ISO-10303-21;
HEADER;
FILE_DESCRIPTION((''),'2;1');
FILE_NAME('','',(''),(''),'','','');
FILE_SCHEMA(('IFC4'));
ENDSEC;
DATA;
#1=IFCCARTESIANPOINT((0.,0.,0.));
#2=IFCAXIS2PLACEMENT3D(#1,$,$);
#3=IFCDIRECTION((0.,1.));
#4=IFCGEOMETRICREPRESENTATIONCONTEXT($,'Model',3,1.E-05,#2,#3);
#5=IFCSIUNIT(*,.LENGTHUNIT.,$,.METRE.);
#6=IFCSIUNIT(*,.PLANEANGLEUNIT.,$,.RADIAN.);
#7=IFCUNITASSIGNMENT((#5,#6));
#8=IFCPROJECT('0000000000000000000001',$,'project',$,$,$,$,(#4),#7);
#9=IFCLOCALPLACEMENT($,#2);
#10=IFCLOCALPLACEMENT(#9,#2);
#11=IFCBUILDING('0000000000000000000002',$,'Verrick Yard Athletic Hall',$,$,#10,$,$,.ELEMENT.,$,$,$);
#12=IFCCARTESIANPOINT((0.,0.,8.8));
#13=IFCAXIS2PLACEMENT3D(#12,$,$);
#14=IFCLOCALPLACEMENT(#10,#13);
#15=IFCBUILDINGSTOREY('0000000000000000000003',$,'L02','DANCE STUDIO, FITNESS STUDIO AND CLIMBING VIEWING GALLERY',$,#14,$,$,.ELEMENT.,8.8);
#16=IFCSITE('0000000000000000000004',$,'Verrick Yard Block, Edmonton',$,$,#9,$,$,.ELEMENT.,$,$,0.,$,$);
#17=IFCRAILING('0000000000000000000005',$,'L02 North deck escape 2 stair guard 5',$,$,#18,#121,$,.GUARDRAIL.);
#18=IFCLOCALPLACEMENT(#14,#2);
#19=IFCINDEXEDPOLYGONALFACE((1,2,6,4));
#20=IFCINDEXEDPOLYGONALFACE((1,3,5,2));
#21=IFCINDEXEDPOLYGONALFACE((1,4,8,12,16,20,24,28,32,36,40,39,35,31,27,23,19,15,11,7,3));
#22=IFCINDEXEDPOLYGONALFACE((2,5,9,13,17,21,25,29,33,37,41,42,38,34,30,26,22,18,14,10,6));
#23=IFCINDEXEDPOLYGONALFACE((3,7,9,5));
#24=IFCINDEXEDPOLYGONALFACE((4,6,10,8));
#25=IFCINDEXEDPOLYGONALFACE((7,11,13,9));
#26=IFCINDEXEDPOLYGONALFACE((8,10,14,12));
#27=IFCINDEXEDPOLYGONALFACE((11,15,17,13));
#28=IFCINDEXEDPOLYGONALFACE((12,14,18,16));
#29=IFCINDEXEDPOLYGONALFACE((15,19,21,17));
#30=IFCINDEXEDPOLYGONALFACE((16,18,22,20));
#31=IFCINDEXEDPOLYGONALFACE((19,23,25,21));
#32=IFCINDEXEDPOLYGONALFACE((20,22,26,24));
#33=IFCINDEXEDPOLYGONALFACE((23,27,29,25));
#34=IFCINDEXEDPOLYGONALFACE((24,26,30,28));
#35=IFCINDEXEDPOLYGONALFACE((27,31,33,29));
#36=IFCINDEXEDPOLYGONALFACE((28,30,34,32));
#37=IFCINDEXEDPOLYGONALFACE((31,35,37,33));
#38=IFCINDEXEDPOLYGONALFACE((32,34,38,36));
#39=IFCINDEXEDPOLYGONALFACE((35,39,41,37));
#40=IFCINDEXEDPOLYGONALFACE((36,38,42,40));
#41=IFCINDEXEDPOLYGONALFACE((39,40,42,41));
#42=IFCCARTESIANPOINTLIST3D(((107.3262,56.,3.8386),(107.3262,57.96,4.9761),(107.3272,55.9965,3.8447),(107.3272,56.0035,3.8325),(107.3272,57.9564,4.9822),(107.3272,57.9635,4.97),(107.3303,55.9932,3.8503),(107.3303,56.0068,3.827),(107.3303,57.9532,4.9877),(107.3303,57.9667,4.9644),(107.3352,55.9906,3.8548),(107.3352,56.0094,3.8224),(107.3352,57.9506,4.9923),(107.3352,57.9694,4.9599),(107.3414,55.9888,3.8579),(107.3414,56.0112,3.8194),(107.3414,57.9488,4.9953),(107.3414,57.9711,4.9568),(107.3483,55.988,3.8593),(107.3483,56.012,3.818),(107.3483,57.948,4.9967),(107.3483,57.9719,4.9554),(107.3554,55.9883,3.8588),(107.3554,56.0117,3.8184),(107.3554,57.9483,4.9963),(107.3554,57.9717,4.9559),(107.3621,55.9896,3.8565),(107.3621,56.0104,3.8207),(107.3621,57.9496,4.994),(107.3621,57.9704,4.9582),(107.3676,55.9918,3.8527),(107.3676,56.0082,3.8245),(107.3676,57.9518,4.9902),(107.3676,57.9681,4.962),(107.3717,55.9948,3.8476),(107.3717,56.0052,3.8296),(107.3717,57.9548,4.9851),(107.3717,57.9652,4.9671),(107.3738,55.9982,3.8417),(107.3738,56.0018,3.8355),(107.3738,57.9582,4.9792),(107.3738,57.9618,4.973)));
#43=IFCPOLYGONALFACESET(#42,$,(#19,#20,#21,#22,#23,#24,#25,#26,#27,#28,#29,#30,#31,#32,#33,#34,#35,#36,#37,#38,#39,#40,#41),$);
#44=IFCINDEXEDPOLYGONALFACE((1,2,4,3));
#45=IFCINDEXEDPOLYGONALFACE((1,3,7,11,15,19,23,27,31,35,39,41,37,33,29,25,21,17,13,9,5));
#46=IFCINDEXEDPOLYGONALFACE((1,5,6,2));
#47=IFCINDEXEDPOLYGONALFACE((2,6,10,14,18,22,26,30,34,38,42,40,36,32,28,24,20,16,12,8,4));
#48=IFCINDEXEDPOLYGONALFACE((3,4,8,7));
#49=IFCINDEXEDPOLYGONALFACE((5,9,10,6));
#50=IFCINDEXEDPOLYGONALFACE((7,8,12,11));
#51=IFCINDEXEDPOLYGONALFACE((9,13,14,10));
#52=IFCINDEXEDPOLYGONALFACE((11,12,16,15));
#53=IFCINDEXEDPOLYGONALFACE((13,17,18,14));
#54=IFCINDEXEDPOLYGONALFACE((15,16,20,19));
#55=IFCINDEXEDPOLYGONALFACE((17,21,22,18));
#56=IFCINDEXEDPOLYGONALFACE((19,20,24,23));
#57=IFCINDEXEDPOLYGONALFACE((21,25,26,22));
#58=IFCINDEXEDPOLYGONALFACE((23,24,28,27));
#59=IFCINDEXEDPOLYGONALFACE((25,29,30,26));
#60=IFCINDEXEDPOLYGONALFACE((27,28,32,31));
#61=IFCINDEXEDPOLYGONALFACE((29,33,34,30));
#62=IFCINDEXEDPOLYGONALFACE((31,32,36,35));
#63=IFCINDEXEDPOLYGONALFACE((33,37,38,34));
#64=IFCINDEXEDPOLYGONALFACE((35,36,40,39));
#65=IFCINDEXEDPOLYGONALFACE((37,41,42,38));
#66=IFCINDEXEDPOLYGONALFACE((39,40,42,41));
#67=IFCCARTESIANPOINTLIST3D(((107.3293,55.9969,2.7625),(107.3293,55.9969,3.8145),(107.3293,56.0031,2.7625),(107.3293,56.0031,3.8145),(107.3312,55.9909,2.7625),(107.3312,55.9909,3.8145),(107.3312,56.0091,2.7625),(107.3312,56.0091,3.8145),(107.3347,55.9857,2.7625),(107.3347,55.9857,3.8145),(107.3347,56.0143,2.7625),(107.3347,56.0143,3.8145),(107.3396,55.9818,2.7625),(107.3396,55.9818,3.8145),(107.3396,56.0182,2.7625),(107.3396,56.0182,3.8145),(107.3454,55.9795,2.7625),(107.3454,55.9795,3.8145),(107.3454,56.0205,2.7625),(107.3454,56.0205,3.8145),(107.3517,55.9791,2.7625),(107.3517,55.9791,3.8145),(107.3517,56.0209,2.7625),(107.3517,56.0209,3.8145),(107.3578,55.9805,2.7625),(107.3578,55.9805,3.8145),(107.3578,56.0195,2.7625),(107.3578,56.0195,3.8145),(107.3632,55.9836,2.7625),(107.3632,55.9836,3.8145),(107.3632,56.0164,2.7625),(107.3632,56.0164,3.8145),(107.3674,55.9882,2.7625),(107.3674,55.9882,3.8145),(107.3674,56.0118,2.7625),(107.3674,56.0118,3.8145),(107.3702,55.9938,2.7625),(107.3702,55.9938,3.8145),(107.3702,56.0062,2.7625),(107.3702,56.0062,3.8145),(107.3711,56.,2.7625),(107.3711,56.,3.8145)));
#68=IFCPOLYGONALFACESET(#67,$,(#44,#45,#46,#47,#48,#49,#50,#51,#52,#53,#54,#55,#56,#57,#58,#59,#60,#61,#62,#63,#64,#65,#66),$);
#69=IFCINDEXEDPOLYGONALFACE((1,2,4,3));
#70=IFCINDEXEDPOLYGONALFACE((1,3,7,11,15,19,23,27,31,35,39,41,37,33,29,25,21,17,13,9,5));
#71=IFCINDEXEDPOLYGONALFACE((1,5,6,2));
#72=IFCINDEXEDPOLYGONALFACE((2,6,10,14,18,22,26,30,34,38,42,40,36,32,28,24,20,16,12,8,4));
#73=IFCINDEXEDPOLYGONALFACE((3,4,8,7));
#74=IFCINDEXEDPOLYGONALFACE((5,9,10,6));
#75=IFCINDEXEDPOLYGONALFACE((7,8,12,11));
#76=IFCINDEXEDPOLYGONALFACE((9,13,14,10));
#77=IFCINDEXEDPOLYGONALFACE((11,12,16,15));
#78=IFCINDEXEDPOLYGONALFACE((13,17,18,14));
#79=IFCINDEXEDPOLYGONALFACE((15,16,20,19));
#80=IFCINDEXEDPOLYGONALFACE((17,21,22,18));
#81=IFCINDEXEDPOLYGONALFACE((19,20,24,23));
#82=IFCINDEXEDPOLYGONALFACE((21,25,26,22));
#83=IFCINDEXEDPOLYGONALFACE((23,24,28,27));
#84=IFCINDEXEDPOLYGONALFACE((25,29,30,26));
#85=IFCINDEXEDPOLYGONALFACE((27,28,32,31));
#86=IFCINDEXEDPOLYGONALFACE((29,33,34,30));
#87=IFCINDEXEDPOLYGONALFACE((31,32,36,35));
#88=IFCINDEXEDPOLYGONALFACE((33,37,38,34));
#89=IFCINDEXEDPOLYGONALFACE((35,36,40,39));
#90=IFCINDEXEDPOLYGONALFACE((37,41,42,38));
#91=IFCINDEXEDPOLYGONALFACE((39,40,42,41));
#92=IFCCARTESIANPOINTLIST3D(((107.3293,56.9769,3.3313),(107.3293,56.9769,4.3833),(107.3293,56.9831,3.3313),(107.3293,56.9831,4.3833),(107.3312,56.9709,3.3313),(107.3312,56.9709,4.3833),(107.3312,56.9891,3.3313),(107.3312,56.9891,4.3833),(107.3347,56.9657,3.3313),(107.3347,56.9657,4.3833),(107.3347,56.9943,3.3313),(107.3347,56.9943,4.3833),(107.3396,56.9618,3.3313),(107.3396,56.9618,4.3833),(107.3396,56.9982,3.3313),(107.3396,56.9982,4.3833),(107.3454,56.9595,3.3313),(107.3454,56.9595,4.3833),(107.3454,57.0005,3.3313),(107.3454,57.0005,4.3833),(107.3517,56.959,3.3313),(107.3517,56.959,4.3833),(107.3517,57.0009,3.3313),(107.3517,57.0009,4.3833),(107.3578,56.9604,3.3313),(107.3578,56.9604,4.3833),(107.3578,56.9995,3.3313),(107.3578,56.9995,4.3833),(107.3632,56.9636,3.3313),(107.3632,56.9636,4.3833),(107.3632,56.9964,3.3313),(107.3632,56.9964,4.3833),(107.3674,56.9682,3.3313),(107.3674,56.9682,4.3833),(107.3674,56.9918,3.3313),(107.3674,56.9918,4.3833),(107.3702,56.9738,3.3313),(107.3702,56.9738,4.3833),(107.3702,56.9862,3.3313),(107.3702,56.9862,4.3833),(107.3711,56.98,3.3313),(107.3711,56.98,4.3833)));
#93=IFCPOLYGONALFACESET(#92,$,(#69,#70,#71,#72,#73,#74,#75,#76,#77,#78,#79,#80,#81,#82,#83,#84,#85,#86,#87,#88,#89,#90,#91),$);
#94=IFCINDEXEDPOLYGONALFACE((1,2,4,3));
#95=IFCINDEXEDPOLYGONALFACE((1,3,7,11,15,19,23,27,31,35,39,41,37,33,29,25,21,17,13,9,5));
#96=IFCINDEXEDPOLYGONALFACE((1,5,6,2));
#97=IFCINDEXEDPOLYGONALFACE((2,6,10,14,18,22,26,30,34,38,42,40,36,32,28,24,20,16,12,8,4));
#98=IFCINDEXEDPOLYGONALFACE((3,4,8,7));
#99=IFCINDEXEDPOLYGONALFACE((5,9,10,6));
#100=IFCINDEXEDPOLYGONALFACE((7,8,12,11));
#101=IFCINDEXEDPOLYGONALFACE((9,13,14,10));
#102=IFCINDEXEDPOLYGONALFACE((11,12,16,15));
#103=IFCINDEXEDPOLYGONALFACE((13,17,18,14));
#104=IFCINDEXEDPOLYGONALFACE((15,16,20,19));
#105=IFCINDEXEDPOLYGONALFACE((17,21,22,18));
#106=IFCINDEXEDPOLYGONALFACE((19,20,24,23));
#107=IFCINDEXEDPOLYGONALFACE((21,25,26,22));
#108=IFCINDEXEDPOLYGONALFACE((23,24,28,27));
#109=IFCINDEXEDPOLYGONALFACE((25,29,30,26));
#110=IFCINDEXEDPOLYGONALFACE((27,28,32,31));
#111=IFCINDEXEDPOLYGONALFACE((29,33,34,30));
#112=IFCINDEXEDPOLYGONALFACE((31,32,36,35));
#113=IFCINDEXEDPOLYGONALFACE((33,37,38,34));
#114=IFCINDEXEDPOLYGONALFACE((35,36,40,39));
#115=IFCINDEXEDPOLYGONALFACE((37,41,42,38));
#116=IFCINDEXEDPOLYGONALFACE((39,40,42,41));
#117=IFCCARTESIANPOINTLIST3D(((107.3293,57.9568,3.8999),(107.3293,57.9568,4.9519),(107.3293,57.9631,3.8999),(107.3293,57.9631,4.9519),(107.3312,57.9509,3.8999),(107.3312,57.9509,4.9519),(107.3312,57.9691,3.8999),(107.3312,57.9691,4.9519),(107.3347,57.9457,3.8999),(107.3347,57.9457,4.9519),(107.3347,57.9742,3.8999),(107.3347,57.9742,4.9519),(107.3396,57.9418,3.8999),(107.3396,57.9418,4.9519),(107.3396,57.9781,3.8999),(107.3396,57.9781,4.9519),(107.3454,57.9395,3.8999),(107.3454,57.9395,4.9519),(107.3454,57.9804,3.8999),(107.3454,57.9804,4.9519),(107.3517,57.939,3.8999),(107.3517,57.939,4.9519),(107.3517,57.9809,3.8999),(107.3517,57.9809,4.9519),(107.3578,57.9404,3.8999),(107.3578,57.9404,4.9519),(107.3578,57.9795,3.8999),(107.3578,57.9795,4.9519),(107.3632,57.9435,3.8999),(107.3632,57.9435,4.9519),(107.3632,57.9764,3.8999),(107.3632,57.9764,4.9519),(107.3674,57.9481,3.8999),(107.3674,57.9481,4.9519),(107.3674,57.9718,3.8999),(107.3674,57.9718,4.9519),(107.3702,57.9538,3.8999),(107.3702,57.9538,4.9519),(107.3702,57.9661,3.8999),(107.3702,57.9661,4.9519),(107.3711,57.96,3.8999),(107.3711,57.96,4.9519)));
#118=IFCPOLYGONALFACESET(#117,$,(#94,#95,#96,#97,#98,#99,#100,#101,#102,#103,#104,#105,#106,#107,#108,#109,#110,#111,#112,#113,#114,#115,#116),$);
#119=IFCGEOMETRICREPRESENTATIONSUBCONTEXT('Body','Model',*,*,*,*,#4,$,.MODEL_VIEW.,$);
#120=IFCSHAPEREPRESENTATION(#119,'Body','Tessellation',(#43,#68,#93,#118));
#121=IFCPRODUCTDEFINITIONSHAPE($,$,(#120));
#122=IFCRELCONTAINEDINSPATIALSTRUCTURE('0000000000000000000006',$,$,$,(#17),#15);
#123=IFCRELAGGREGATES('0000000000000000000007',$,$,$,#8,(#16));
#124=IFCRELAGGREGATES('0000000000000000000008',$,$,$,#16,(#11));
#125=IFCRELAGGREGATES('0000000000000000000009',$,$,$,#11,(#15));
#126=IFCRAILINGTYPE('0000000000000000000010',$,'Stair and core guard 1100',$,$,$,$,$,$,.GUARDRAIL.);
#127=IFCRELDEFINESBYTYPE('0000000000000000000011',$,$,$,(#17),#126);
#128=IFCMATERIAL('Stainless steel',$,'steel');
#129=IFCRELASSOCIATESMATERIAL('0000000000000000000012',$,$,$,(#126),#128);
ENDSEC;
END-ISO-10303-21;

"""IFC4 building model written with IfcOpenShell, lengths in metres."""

from ifc_helpers import new_model, si_unit, direction, frame, origin, origin_2d, place, context, subcontext, project, spatial, circle, extrude, material, type_object, element, save


model = new_model("IFC4")

# Units and contexts
model_context = context("Model", 3, precision=1e-05, world=origin(), true_north=direction((0.0, 1.0)))
body_context = subcontext(model_context, "Body", "Model", "MODEL_VIEW")
ifc_project = project(units=[si_unit("LENGTHUNIT", "METRE"), si_unit("PLANEANGLEUNIT", "RADIAN")], contexts=[model_context])

# Site, building, storey
site_placement = place(None, origin())
site = spatial("IfcSite", under=ifc_project, at=site_placement, Name="Verrick Yard Block, Edmonton", CompositionType="ELEMENT", RefElevation=0.0)
building_placement = place(site_placement, origin())
building = spatial("IfcBuilding", under=site, at=building_placement, Name="Verrick Yard Athletic Hall", CompositionType="ELEMENT")
storey_placement = place(building_placement, frame((0.0, 0.0, 8.8)))
storey = spatial("IfcBuildingStorey", under=building, at=storey_placement, Name="L02", Description="DANCE STUDIO, FITNESS STUDIO AND CLIMBING VIEWING GALLERY", CompositionType="ELEMENT", Elevation=8.8)

# Railing
ifc_material_1 = material(Name="Stainless steel", Category="steel")
railing_type_1 = type_object("IfcRailingType", Name="Stair and core guard 1100", PredefinedType="GUARDRAIL", material=ifc_material_1)
railing_1_placement = place(storey_placement, frame((107.3501, 56.0, 2.7625)))
element("IfcRailing", 1, at=railing_1_placement, inside=storey, type_object=railing_type_1, Name="L02 North deck escape 2 stair guard 5", PredefinedType="GUARDRAIL", context=body_context, shape_type="SweptSolid", body=[
    extrude(circle(Radius=0.0239, at=origin_2d()), frame((0.0, 0.0, 1.0762), z_axis=(0.0, 0.864902, 0.501941), x_axis=(-1.0, 0.0, 0.0)), (0.0, 0.0, 1.0), 2.2661),
    extrude(circle(Radius=0.021, at=origin_2d()), origin(), (0.0, 0.0, 1.0), 1.052),
    extrude(circle(Radius=0.021, at=origin_2d()), frame((0.0, 0.98, 0.5688)), (0.0, 0.0, 1.0), 1.052),
    extrude(circle(Radius=0.021, at=origin_2d()), frame((0.0, 1.96, 1.1375)), (0.0, 0.0, 1.0), 1.052),
])

save(model, "model.ifc")
